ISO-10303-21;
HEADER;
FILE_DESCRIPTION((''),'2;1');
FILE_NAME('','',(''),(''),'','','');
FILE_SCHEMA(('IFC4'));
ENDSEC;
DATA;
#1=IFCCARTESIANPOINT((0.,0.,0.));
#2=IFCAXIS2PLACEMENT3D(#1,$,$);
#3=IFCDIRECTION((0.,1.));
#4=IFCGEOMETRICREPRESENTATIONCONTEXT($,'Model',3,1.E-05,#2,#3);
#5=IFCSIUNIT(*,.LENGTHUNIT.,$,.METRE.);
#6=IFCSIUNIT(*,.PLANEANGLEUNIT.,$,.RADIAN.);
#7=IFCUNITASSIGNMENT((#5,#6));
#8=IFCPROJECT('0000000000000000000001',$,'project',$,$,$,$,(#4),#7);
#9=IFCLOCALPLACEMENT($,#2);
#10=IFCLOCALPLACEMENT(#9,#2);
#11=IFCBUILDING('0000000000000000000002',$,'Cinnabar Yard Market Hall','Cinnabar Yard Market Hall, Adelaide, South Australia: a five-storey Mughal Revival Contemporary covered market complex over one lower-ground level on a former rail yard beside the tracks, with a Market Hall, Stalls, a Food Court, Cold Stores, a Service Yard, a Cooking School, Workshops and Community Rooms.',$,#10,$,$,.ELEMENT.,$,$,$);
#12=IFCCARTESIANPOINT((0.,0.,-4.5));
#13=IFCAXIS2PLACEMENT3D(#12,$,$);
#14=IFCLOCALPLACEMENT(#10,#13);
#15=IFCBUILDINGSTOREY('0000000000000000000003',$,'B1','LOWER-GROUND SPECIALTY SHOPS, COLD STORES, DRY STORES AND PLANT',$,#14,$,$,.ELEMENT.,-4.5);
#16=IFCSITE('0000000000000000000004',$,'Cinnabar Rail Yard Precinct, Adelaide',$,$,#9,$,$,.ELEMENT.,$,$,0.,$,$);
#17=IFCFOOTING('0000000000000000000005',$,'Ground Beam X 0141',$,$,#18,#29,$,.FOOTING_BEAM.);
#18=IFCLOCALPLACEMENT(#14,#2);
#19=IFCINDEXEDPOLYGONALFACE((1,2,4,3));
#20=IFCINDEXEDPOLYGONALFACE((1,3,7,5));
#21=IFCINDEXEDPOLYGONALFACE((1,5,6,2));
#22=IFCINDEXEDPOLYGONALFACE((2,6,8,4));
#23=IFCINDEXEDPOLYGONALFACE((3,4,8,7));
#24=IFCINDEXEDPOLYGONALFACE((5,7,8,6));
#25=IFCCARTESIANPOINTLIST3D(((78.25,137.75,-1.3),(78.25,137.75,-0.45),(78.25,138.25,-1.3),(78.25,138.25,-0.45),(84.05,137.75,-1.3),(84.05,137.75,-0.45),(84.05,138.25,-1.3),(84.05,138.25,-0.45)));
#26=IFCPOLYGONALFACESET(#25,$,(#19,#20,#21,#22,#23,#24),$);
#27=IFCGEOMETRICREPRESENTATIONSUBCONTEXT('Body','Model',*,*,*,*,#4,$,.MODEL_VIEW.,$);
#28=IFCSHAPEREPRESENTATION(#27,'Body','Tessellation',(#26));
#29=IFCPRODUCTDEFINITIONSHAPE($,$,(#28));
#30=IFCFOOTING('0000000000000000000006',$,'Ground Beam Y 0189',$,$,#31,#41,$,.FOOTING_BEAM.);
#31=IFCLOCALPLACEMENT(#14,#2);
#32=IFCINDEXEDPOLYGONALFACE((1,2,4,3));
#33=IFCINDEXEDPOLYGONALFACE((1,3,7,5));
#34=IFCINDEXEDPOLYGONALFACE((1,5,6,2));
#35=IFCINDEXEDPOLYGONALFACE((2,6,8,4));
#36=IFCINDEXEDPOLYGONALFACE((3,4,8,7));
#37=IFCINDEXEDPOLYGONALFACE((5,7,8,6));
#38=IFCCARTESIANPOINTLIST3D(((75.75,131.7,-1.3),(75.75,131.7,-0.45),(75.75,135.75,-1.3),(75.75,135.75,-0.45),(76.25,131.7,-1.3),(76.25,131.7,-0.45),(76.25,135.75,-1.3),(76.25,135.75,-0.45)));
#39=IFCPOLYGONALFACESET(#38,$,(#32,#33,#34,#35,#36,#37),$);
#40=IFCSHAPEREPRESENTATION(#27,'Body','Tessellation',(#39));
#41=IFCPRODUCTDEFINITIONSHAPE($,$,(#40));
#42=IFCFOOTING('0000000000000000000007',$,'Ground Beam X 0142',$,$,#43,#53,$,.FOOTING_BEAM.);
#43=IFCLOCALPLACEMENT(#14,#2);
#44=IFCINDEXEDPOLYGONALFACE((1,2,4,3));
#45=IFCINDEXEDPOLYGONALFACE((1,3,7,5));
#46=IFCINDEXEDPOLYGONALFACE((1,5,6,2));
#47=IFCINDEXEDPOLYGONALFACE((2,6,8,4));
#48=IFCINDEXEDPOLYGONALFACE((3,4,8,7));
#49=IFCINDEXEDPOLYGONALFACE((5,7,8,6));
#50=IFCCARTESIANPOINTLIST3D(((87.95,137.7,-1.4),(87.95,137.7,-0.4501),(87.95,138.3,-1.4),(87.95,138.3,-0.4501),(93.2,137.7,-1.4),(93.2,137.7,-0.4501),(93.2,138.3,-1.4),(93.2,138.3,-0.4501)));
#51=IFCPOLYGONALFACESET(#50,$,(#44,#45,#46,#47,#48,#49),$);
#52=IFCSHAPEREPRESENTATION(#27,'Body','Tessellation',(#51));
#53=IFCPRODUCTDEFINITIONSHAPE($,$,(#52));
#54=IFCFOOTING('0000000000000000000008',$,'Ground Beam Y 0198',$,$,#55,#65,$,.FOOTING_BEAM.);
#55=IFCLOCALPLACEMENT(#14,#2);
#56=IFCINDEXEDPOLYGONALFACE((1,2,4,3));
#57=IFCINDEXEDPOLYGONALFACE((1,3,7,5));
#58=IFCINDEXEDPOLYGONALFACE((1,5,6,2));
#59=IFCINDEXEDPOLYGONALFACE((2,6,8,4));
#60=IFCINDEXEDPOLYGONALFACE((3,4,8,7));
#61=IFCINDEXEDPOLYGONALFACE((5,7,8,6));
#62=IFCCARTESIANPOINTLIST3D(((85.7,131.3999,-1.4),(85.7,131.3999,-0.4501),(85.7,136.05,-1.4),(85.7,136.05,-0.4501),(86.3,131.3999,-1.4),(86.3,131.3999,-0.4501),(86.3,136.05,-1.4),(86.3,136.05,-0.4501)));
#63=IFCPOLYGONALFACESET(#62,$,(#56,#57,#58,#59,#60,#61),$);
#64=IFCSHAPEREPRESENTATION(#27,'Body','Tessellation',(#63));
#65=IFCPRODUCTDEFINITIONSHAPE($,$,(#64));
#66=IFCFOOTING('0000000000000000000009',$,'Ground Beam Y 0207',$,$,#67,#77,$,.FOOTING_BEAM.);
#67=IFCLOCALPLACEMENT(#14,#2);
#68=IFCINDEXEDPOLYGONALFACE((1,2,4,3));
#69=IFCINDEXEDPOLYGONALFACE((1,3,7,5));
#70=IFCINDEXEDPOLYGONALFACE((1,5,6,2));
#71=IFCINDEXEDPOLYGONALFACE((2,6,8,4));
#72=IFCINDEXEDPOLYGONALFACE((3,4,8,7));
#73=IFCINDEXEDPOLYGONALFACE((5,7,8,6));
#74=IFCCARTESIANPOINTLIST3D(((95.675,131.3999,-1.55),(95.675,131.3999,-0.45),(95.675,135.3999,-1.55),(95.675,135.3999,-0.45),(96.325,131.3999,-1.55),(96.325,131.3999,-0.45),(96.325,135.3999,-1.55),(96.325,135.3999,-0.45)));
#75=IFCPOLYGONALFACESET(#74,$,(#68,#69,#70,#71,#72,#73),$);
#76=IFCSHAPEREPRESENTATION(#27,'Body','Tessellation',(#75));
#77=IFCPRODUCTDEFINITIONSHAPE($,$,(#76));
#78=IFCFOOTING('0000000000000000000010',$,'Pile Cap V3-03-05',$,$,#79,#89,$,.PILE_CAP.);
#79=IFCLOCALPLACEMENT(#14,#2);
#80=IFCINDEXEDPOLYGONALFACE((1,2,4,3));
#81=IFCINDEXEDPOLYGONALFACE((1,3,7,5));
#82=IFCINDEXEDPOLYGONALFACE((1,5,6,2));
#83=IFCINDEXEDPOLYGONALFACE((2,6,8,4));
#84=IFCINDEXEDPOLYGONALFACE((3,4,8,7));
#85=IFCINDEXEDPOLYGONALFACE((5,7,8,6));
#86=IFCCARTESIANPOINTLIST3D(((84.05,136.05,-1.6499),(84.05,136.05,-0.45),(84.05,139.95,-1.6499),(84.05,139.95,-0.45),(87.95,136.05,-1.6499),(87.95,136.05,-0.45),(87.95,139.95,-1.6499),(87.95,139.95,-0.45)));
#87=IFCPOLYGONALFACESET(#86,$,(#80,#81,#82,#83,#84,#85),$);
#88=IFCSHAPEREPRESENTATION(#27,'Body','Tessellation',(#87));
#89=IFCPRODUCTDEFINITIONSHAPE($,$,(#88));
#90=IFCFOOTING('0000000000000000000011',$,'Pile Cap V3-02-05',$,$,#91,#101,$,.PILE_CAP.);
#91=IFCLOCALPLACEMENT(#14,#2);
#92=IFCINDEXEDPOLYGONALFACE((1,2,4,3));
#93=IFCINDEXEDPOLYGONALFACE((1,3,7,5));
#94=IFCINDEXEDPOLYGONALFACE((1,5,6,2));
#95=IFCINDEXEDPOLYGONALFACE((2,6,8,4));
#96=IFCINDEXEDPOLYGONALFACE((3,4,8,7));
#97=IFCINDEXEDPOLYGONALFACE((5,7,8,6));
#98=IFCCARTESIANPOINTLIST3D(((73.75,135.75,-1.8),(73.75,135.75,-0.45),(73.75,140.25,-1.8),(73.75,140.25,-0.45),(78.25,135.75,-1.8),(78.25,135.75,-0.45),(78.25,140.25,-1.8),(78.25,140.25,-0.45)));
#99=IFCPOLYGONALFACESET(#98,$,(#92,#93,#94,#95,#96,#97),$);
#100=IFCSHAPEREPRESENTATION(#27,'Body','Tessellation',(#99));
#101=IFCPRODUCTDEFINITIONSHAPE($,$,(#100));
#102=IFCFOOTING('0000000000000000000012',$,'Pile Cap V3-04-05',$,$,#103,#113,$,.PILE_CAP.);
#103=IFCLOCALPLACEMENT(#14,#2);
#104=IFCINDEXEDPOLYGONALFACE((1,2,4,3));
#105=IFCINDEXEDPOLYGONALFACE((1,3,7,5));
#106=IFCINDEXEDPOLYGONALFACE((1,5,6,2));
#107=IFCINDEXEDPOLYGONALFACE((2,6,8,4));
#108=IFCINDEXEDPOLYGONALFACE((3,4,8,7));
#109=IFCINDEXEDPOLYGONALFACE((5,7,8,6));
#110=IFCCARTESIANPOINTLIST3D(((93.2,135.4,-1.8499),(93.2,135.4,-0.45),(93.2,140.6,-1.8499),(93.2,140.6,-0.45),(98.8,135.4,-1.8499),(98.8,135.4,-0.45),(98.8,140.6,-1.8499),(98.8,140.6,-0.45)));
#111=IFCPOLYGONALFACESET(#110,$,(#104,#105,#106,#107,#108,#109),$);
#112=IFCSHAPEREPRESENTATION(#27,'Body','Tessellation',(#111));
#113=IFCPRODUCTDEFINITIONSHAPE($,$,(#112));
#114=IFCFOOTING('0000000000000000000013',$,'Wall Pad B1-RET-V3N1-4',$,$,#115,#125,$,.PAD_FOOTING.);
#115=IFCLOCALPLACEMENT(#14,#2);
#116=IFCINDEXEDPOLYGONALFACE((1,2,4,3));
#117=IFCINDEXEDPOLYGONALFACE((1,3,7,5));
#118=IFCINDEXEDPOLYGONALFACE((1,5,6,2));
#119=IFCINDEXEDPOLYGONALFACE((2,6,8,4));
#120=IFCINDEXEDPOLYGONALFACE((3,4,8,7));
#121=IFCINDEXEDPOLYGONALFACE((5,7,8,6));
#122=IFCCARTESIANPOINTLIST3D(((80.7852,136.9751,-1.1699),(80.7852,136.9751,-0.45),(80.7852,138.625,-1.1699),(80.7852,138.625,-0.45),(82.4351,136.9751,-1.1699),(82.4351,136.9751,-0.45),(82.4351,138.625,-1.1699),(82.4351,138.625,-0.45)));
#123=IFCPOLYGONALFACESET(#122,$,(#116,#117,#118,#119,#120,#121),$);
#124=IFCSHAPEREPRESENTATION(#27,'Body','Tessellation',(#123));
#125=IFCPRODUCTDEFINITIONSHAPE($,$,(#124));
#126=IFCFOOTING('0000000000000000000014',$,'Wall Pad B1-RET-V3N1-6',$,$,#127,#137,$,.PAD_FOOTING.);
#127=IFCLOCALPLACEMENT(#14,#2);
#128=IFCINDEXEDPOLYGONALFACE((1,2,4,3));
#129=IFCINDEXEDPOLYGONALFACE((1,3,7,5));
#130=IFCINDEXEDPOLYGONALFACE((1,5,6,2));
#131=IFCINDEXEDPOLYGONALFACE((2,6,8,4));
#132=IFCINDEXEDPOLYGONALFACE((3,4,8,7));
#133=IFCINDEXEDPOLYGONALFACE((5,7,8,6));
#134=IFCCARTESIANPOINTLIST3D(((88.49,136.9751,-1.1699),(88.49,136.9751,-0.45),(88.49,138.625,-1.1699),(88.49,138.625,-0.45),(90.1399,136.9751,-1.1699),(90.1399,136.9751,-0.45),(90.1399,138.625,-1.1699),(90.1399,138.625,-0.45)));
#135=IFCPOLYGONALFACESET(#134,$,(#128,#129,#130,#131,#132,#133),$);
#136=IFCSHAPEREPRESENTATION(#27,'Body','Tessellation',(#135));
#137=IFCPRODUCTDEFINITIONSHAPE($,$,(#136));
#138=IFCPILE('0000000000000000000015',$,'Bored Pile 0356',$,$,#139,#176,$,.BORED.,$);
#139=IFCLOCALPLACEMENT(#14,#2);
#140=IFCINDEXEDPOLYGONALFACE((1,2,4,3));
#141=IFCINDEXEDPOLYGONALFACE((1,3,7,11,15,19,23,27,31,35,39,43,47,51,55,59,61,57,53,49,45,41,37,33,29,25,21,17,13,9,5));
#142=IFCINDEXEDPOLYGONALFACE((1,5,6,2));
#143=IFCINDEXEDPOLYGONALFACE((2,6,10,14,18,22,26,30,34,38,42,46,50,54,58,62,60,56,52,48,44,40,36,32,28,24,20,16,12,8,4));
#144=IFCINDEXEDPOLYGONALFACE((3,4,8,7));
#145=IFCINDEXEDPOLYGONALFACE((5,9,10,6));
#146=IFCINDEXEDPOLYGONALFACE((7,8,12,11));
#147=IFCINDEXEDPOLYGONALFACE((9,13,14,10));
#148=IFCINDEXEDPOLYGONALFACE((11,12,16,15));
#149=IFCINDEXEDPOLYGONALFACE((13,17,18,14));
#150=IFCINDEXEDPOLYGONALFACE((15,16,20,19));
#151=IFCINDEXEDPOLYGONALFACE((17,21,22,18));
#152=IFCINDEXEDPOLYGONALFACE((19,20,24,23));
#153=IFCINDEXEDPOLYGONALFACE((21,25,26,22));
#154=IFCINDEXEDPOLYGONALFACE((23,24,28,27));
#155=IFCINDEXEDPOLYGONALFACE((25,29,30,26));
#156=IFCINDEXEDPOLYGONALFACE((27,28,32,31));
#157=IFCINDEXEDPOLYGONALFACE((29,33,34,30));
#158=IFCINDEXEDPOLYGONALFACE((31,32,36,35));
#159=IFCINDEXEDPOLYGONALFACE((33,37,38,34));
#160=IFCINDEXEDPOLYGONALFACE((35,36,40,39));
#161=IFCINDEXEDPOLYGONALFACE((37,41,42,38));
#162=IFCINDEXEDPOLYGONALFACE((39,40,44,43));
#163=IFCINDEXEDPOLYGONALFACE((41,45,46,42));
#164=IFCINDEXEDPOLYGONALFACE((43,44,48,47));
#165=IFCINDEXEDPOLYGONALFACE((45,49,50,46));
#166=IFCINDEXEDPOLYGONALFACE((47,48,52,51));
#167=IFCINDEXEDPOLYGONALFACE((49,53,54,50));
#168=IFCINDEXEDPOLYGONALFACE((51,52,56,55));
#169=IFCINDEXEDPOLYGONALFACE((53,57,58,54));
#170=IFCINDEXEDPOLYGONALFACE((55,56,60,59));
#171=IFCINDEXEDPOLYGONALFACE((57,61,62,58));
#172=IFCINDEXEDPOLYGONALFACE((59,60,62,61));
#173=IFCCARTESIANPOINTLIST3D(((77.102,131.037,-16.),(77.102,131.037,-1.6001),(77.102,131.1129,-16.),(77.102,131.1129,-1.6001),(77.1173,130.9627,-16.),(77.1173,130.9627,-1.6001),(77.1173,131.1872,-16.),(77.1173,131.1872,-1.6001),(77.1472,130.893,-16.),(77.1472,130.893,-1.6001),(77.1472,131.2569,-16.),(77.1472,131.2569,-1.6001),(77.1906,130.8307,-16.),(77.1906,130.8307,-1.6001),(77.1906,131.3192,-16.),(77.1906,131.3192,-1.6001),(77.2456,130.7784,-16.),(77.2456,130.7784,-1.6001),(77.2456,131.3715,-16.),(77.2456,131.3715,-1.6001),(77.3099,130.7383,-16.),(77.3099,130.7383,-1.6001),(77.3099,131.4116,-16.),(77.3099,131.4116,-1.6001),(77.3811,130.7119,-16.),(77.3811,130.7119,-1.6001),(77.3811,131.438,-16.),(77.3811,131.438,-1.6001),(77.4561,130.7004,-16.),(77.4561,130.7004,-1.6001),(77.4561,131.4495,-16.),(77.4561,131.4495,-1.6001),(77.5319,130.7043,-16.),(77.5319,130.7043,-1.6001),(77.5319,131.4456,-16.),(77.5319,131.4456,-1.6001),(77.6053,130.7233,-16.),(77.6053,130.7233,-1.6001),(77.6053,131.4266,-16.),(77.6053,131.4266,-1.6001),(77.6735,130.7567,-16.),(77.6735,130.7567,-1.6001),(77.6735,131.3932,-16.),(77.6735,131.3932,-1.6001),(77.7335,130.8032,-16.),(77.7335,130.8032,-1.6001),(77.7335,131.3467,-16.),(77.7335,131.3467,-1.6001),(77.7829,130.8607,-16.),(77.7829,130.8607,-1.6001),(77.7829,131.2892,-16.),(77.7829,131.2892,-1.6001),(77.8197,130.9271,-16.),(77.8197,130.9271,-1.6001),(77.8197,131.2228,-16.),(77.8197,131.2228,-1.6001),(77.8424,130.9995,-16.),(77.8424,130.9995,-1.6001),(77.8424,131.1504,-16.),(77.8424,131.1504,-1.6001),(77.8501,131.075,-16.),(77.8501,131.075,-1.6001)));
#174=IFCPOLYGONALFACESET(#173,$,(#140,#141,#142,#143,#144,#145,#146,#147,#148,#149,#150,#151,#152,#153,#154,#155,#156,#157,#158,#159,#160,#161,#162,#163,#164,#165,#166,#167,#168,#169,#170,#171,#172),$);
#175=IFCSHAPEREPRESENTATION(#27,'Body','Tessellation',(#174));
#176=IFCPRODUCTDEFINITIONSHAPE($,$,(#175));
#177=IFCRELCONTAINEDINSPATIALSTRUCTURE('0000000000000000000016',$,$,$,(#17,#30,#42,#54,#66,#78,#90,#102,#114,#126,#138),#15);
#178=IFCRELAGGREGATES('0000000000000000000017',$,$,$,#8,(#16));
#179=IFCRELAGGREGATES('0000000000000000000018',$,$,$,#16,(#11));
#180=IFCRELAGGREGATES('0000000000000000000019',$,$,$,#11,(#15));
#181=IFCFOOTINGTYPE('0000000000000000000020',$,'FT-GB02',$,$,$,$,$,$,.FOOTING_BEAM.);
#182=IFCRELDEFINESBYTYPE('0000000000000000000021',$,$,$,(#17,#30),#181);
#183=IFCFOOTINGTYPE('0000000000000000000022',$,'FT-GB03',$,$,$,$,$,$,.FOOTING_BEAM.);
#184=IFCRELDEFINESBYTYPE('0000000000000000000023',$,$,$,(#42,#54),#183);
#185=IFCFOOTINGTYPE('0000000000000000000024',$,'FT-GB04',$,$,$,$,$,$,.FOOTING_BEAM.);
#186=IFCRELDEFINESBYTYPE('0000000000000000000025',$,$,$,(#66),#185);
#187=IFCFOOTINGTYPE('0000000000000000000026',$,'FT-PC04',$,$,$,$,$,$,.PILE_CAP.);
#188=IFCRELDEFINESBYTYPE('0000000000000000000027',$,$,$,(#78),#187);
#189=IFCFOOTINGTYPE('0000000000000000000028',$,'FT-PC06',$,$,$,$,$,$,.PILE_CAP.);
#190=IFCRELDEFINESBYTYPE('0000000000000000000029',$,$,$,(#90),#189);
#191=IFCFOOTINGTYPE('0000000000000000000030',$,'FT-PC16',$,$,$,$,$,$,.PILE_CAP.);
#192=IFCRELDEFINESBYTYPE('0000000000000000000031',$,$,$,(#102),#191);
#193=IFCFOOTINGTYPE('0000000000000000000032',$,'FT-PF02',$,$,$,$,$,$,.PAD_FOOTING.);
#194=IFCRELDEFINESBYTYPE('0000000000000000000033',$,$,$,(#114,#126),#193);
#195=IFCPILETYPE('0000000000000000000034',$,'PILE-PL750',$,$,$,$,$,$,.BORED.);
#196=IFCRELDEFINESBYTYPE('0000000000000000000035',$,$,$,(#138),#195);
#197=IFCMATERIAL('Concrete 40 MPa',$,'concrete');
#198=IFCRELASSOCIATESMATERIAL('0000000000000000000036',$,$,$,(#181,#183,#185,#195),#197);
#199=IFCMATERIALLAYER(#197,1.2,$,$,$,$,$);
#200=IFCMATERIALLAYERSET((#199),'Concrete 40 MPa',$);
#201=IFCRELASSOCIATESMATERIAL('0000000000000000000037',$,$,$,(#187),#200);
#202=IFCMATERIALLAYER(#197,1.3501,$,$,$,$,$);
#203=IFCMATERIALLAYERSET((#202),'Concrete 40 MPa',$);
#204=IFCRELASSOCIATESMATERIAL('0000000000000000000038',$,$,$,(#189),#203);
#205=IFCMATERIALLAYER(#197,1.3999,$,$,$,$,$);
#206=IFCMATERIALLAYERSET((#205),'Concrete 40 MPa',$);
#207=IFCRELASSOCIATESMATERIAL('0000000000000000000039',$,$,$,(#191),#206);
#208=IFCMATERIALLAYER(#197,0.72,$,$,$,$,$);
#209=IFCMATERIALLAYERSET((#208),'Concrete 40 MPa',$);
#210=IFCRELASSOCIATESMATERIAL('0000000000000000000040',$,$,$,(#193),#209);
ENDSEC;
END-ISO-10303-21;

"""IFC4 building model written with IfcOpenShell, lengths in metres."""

from ifc_helpers import new_model, si_unit, direction, frame, origin, origin_2d_with_axis, place, context, subcontext, project, spatial, rectangle, circle, extrude, material, layer, layer_set, material_profile, profile_set, type_object, element, save


model = new_model("IFC4")

# Units and contexts
model_context = context("Model", 3, precision=1e-05, world=origin(), true_north=direction((0.0, 1.0)))
body_context = subcontext(model_context, "Body", "Model", "MODEL_VIEW")
ifc_project = project(units=[si_unit("LENGTHUNIT", "METRE"), si_unit("PLANEANGLEUNIT", "RADIAN")], contexts=[model_context])

# Site, building, storey
site_placement = place(None, origin())
site = spatial("IfcSite", under=ifc_project, at=site_placement, Name="Cinnabar Rail Yard Precinct, Adelaide", CompositionType="ELEMENT", RefElevation=0.0)
building_placement = place(site_placement, origin())
building = spatial("IfcBuilding", under=site, at=building_placement, Name="Cinnabar Yard Market Hall", Description="Cinnabar Yard Market Hall, Adelaide, South Australia: a five-storey Mughal Revival Contemporary covered market complex over one lower-ground level on a former rail yard beside the tracks, with a Market Hall, Stalls, a Food Court, Cold Stores, a Service Yard, a Cooking School, Workshops and Community Rooms.", CompositionType="ELEMENT")
storey_placement = place(building_placement, frame((0.0, 0.0, -4.5)))
storey = spatial("IfcBuildingStorey", under=building, at=storey_placement, Name="B1", Description="LOWER-GROUND SPECIALTY SHOPS, COLD STORES, DRY STORES AND PLANT", CompositionType="ELEMENT", Elevation=-4.5)

# Footings
ifc_material_1 = material(Name="Concrete 40 MPa", Category="concrete")
ifc_material_profile_1 = material_profile(ifc_material_1, rectangle(XDim=0.5, YDim=0.8501, at=origin_2d_with_axis()), Name="GB-500x850")
ifc_profile_set_1 = profile_set([ifc_material_profile_1], Name="Concrete 40 MPa")
footing_type_1 = type_object("IfcFootingType", Name="FT-GB02", PredefinedType="FOOTING_BEAM", material=ifc_profile_set_1)
footing_1_placement = place(storey_placement, frame((78.25, 138.0, -0.875), z_axis=(1.0, 0.0, 0.0), x_axis=(0.0, 1.0, 0.0)))
element("IfcFooting", 1, at=footing_1_placement, inside=storey, type_object=footing_type_1, Name="Ground Beam X 0141", PredefinedType="FOOTING_BEAM", context=body_context, shape_type="SweptSolid", body=[
    extrude(rectangle(XDim=0.5, YDim=0.8501, at=origin_2d_with_axis()), origin(), (0.0, 0.0, 1.0), 5.8),
])
footing_2_placement = place(storey_placement, frame((76.0, 131.7, -0.875), z_axis=(0.0, 1.0, 0.0), x_axis=(-1.0, 0.0, 0.0)))
element("IfcFooting", 2, at=footing_2_placement, inside=storey, type_object=footing_type_1, Name="Ground Beam Y 0189", PredefinedType="FOOTING_BEAM", context=body_context, shape_type="SweptSolid", body=[
    extrude(rectangle(XDim=0.5, YDim=0.8501, at=origin_2d_with_axis()), origin(), (0.0, 0.0, 1.0), 4.05),
])
ifc_material_profile_2 = material_profile(ifc_material_1, rectangle(XDim=0.6001, YDim=0.95, at=origin_2d_with_axis()), Name="GB-600x950")
ifc_profile_set_2 = profile_set([ifc_material_profile_2], Name="Concrete 40 MPa")
footing_type_2 = type_object("IfcFootingType", Name="FT-GB03", PredefinedType="FOOTING_BEAM", material=ifc_profile_set_2)
footing_3_placement = place(storey_placement, frame((87.95, 138.0, -0.925), z_axis=(1.0, 0.0, 0.0), x_axis=(0.0, 1.0, 0.0)))
element("IfcFooting", 3, at=footing_3_placement, inside=storey, type_object=footing_type_2, Name="Ground Beam X 0142", PredefinedType="FOOTING_BEAM", context=body_context, shape_type="SweptSolid", body=[
    extrude(rectangle(XDim=0.6001, YDim=0.95, at=origin_2d_with_axis()), origin(), (0.0, 0.0, 1.0), 5.25),
])
footing_4_placement = place(storey_placement, frame((86.0, 131.3999, -0.925), z_axis=(0.0, 1.0, 0.0), x_axis=(-1.0, 0.0, 0.0)))
element("IfcFooting", 4, at=footing_4_placement, inside=storey, type_object=footing_type_2, Name="Ground Beam Y 0198", PredefinedType="FOOTING_BEAM", context=body_context, shape_type="SweptSolid", body=[
    extrude(rectangle(XDim=0.6001, YDim=0.95, at=origin_2d_with_axis()), origin(), (0.0, 0.0, 1.0), 4.6501),
])
ifc_material_profile_3 = material_profile(ifc_material_1, rectangle(XDim=0.6499, YDim=1.1001, at=origin_2d_with_axis()), Name="GB-650x1100")
ifc_profile_set_3 = profile_set([ifc_material_profile_3], Name="Concrete 40 MPa")
footing_type_3 = type_object("IfcFootingType", Name="FT-GB04", PredefinedType="FOOTING_BEAM", material=ifc_profile_set_3)
footing_5_placement = place(storey_placement, frame((96.0, 131.3999, -1.0), z_axis=(0.0, 1.0, 0.0), x_axis=(-1.0, 0.0, 0.0)))
element("IfcFooting", 5, at=footing_5_placement, inside=storey, type_object=footing_type_3, Name="Ground Beam Y 0207", PredefinedType="FOOTING_BEAM", context=body_context, shape_type="SweptSolid", body=[
    extrude(rectangle(XDim=0.6499, YDim=1.1001, at=origin_2d_with_axis()), origin(), (0.0, 0.0, 1.0), 4.0),
])
ifc_layer_1 = layer(ifc_material_1, 1.2)
ifc_layer_set_1 = layer_set([ifc_layer_1], Name="Concrete 40 MPa")
footing_type_4 = type_object("IfcFootingType", Name="FT-PC04", PredefinedType="PILE_CAP", material=ifc_layer_set_1)
footing_6_placement = place(storey_placement, frame((86.0, 138.0, -1.6499), z_axis=(0.0, 0.0, 1.0), x_axis=(1.0, 0.0, 0.0)))
element("IfcFooting", 6, at=footing_6_placement, inside=storey, type_object=footing_type_4, Name="Pile Cap V3-03-05", PredefinedType="PILE_CAP", context=body_context, shape_type="SweptSolid", body=[
    extrude(rectangle(XDim=3.8999, YDim=3.8999, at=origin_2d_with_axis()), origin(), (0.0, 0.0, 1.0), 1.2),
])
ifc_layer_2 = layer(ifc_material_1, 1.3501)
ifc_layer_set_2 = layer_set([ifc_layer_2], Name="Concrete 40 MPa")
footing_type_5 = type_object("IfcFootingType", Name="FT-PC06", PredefinedType="PILE_CAP", material=ifc_layer_set_2)
footing_7_placement = place(storey_placement, frame((76.0, 138.0, -1.8), z_axis=(0.0, 0.0, 1.0), x_axis=(1.0, 0.0, 0.0)))
element("IfcFooting", 7, at=footing_7_placement, inside=storey, type_object=footing_type_5, Name="Pile Cap V3-02-05", PredefinedType="PILE_CAP", context=body_context, shape_type="SweptSolid", body=[
    extrude(rectangle(XDim=4.5, YDim=4.5, at=origin_2d_with_axis()), origin(), (0.0, 0.0, 1.0), 1.3501),
])
ifc_layer_3 = layer(ifc_material_1, 1.3999)
ifc_layer_set_3 = layer_set([ifc_layer_3], Name="Concrete 40 MPa")
footing_type_6 = type_object("IfcFootingType", Name="FT-PC16", PredefinedType="PILE_CAP", material=ifc_layer_set_3)
footing_8_placement = place(storey_placement, frame((96.0, 138.0, -1.8499), z_axis=(0.0, 0.0, 1.0), x_axis=(1.0, 0.0, 0.0)))
element("IfcFooting", 8, at=footing_8_placement, inside=storey, type_object=footing_type_6, Name="Pile Cap V3-04-05", PredefinedType="PILE_CAP", context=body_context, shape_type="SweptSolid", body=[
    extrude(rectangle(XDim=5.6001, YDim=5.2, at=origin_2d_with_axis()), origin(), (0.0, 0.0, 1.0), 1.3999),
])
ifc_layer_4 = layer(ifc_material_1, 0.72)
ifc_layer_set_4 = layer_set([ifc_layer_4], Name="Concrete 40 MPa")
footing_type_7 = type_object("IfcFootingType", Name="FT-PF02", PredefinedType="PAD_FOOTING", material=ifc_layer_set_4)
for number, where, z_axis, x_axis, name in (
    (9, (81.6101, 137.8, -1.1699), (0.0, 0.0, 1.0), (1.0, 0.0, 0.0), "Wall Pad B1-RET-V3N1-4"),
    (10, (89.3149, 137.8, -1.1699), (0.0, 0.0, 1.0), (1.0, 0.0, 0.0), "Wall Pad B1-RET-V3N1-6"),
):
    element("IfcFooting", number, at=place(storey_placement, frame(where, z_axis=z_axis, x_axis=x_axis)), inside=storey, type_object=footing_type_7, Name=name, PredefinedType="PAD_FOOTING", context=body_context, shape_type="SweptSolid", body=[
        extrude(rectangle(XDim=1.6499, YDim=1.6499, at=origin_2d_with_axis()), origin(), (0.0, 0.0, 1.0), 0.72),
    ])

# Pile
ifc_material_profile_4 = material_profile(ifc_material_1, circle(Radius=0.375, at=origin_2d_with_axis()), Name="PILE-D750")
ifc_profile_set_4 = profile_set([ifc_material_profile_4], Name="Concrete 40 MPa")
pile_type_1 = type_object("IfcPileType", Name="PILE-PL750", PredefinedType="BORED", material=ifc_profile_set_4)
pile_1_placement = place(storey_placement, frame((77.4751, 131.075, -1.6001), z_axis=(0.0, 0.0, -1.0), x_axis=(1.0, 0.0, 0.0)))
element("IfcPile", 11, at=pile_1_placement, inside=storey, type_object=pile_type_1, Name="Bored Pile 0356", PredefinedType="BORED", context=body_context, shape_type="SweptSolid", body=[
    extrude(circle(Radius=0.375, at=origin_2d_with_axis()), origin(), (0.0, 0.0, 1.0), 14.3999),
])

save(model, "model.ifc")
